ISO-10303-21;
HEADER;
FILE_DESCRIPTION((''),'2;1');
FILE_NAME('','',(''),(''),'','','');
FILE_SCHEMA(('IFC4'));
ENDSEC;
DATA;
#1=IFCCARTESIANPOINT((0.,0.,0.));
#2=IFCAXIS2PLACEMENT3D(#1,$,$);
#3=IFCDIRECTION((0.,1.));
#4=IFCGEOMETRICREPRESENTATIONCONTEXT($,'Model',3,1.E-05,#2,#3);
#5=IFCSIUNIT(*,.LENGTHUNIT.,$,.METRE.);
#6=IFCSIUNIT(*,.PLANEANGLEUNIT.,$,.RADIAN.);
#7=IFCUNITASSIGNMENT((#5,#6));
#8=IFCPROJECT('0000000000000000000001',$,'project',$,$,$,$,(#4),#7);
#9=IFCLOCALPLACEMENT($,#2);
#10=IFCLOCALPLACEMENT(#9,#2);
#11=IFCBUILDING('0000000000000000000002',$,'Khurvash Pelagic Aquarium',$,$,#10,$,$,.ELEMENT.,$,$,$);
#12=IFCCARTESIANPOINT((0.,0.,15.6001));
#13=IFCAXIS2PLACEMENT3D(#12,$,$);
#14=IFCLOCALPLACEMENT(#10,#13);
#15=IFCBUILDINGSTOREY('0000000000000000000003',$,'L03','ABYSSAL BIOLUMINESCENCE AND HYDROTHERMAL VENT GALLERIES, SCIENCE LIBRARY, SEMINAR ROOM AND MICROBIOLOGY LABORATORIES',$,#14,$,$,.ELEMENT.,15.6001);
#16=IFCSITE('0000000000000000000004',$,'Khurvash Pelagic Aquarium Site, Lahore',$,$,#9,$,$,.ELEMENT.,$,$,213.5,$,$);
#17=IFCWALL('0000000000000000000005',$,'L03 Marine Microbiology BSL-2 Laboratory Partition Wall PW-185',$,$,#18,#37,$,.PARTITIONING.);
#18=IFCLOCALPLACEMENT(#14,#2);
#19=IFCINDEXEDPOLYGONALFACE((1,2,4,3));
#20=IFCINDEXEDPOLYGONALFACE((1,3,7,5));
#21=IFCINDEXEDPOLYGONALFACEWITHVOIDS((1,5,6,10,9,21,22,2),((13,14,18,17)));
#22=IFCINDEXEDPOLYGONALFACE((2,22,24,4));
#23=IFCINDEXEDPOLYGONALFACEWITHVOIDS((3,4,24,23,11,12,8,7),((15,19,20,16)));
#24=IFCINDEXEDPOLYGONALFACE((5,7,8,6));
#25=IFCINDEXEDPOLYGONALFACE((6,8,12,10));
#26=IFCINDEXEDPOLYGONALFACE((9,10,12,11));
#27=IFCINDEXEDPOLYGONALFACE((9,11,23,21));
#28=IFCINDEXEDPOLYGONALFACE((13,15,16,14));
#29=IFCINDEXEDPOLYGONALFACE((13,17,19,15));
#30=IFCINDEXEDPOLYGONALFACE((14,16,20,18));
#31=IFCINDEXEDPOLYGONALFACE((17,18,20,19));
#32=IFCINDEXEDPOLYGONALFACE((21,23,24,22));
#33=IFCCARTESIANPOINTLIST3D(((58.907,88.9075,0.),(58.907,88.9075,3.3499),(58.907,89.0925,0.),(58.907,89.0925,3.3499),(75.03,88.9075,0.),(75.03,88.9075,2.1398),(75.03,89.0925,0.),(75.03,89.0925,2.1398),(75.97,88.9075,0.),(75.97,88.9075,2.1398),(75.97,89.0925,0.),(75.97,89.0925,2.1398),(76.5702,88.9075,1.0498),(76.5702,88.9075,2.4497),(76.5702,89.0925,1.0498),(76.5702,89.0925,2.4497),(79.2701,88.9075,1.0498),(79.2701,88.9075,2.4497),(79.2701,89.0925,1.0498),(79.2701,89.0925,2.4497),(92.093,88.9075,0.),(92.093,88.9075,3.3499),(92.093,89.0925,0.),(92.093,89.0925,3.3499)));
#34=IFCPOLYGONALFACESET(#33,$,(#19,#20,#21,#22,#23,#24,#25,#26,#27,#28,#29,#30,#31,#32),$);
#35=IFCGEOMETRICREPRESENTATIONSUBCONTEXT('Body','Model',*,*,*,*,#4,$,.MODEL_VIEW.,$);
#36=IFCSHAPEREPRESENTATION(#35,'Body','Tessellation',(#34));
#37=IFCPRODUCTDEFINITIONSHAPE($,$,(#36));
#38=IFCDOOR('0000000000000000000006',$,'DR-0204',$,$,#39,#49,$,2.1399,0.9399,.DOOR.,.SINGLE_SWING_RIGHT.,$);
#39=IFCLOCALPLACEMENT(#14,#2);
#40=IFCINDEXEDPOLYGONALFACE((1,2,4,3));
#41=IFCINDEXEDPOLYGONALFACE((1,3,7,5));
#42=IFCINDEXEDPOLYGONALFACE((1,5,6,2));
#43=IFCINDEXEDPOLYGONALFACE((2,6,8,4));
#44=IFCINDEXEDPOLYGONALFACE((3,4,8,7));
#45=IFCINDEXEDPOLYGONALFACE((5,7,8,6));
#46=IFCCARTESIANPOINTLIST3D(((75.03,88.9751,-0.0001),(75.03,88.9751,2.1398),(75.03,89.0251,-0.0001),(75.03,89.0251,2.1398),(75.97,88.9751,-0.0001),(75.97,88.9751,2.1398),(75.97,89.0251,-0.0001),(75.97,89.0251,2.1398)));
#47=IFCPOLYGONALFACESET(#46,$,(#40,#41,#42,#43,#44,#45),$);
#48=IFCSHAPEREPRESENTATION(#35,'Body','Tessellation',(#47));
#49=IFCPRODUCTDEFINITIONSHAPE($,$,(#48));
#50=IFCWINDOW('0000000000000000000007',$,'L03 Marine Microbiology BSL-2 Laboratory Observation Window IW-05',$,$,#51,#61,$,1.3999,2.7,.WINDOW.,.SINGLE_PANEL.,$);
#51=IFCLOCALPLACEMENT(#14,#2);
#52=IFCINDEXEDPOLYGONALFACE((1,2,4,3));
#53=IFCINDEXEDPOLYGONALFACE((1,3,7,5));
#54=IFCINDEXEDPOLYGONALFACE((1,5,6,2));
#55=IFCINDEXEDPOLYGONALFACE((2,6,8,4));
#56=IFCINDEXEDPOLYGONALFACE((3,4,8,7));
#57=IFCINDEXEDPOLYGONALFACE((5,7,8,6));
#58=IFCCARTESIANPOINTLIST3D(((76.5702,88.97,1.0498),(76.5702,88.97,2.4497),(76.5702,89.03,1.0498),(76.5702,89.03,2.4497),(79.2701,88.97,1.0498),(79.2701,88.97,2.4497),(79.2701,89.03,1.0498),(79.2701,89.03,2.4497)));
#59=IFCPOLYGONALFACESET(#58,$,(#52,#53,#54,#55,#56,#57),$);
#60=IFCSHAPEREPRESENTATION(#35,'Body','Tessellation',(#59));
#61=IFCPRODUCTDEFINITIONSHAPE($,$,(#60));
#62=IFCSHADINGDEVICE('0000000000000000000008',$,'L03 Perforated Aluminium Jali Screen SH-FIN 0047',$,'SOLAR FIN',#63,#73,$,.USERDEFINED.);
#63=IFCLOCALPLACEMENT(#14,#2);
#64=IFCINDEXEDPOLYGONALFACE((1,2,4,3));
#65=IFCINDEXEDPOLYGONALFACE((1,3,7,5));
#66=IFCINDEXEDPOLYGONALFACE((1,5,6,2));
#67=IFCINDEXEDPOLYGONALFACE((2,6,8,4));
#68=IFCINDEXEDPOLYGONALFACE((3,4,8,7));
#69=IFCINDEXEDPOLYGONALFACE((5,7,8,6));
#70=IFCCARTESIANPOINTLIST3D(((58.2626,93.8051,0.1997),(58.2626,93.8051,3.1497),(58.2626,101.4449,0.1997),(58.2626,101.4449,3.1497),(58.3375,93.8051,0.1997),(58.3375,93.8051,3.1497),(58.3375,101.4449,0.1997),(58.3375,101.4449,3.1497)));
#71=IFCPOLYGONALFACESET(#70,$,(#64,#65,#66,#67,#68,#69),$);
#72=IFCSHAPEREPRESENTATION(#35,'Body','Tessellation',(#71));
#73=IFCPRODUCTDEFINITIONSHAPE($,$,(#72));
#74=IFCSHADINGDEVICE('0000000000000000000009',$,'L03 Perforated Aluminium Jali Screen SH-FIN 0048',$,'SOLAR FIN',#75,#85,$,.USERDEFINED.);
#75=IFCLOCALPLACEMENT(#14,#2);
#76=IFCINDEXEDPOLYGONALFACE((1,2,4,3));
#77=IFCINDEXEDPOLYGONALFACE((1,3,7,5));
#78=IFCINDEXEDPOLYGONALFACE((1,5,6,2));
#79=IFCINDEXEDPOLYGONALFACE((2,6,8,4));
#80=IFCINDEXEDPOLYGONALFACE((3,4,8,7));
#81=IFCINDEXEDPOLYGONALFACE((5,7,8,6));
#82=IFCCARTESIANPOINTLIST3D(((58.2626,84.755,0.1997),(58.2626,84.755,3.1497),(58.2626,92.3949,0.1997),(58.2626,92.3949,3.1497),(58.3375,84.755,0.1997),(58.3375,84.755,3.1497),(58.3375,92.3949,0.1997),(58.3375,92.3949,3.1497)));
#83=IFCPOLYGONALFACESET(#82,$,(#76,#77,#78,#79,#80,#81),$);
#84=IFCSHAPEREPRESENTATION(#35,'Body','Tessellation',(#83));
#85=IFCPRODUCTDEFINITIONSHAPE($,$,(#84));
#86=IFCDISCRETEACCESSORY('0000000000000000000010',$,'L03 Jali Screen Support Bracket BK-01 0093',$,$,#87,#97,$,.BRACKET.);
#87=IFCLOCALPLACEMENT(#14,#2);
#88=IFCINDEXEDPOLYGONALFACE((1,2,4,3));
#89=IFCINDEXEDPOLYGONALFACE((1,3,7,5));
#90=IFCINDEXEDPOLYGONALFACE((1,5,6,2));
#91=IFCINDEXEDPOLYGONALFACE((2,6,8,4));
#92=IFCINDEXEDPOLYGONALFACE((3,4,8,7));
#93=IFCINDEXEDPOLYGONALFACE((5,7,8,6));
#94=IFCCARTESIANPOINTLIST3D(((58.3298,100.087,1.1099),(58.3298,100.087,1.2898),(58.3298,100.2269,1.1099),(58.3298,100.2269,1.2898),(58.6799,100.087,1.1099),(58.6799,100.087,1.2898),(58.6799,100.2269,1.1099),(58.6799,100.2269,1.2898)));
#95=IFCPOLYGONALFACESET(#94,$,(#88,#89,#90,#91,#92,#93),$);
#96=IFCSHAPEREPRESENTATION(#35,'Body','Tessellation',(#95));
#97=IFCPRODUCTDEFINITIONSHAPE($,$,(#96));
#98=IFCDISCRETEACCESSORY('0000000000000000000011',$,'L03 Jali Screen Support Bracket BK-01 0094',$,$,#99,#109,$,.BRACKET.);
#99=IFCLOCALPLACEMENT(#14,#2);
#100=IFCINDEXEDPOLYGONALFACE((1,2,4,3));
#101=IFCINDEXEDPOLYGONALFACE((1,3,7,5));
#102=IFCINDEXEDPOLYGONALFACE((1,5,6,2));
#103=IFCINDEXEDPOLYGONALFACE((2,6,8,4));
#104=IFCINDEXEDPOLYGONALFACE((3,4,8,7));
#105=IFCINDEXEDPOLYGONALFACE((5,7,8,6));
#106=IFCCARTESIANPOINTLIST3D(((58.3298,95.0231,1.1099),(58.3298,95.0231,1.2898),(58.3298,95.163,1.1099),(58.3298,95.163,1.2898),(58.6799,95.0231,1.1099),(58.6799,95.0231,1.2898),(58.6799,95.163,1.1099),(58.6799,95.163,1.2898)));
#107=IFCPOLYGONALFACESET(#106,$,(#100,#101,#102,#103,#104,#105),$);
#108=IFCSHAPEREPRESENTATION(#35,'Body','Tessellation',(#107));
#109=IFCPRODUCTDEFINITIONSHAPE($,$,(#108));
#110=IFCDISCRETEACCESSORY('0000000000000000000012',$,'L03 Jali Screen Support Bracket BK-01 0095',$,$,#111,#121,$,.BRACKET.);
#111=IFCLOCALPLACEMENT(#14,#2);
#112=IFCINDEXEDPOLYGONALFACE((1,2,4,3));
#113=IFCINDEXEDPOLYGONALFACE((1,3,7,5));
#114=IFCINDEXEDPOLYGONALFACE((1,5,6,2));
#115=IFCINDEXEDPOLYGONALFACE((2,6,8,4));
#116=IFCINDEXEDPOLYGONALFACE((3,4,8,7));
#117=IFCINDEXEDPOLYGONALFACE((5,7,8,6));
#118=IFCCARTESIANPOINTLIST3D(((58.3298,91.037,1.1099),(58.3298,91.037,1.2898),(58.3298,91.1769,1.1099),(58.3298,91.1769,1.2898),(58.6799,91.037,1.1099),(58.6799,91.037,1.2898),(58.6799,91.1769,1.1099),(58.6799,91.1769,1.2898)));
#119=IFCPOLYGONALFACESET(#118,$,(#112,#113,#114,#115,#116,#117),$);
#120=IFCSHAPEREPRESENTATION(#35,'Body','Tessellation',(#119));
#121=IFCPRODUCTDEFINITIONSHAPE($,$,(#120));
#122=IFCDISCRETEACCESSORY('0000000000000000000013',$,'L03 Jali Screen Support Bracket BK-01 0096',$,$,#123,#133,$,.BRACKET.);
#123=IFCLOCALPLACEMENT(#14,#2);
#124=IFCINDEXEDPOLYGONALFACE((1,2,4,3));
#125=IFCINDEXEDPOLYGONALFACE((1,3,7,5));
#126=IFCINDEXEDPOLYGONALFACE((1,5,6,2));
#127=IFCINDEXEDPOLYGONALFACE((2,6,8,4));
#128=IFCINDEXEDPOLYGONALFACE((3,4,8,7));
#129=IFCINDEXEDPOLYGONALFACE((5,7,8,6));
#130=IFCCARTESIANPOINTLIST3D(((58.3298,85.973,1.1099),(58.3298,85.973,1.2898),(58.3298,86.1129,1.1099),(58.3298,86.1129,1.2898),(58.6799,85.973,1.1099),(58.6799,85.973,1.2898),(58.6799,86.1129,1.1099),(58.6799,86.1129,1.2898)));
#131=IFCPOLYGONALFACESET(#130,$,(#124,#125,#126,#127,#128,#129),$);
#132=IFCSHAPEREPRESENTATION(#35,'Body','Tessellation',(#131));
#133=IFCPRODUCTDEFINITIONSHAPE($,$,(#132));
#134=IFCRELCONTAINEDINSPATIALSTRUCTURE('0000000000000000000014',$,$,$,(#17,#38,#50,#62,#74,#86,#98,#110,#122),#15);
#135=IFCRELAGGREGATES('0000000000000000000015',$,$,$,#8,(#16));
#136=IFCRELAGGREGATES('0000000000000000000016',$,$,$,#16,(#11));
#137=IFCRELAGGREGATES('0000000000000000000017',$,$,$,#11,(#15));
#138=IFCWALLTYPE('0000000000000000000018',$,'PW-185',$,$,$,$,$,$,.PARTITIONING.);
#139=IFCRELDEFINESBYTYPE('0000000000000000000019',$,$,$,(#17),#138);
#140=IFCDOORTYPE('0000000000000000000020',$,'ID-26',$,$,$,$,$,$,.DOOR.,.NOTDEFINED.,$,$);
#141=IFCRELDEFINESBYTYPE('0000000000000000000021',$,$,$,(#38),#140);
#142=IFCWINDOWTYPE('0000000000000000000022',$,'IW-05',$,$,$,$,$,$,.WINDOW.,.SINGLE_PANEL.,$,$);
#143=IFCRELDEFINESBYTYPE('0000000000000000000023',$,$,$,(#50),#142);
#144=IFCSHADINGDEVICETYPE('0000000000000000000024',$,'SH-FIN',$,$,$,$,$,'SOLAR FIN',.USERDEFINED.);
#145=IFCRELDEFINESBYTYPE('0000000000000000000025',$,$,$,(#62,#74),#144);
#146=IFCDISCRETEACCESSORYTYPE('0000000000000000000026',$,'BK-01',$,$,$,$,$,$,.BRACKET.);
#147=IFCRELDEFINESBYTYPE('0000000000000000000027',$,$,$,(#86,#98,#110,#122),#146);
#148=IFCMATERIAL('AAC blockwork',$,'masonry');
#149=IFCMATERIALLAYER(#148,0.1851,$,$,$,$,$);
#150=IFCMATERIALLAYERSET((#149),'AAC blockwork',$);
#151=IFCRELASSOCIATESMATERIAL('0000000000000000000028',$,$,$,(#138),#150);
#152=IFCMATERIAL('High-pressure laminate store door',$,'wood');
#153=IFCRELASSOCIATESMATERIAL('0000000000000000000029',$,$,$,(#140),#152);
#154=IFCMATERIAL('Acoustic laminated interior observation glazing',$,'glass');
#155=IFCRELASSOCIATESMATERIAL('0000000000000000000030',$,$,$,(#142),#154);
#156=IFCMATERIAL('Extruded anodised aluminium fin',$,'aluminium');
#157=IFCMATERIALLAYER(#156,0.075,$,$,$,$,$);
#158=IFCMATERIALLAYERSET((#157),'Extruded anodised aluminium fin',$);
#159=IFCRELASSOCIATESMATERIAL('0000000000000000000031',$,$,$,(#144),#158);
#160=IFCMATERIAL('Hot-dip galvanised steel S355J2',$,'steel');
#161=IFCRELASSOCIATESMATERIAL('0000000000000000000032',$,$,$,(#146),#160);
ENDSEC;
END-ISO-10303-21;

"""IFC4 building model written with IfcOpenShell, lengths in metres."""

from ifc_helpers import new_model, si_unit, direction, frame, frame_2d, origin, origin_2d, place, context, subcontext, project, spatial, rectangle, extrude, material, layer, layer_set, type_object, element, fill, save


model = new_model("IFC4")

# Units and contexts
model_context = context("Model", 3, precision=1e-05, world=origin(), true_north=direction((0.0, 1.0)))
body_context = subcontext(model_context, "Body", "Model", "MODEL_VIEW")
ifc_project = project(units=[si_unit("LENGTHUNIT", "METRE"), si_unit("PLANEANGLEUNIT", "RADIAN")], contexts=[model_context])

# Site, building, storey
site_placement = place(None, origin())
site = spatial("IfcSite", under=ifc_project, at=site_placement, Name="Khurvash Pelagic Aquarium Site, Lahore", CompositionType="ELEMENT", RefElevation=213.5)
building_placement = place(site_placement, origin())
building = spatial("IfcBuilding", under=site, at=building_placement, Name="Khurvash Pelagic Aquarium", CompositionType="ELEMENT")
storey_placement = place(building_placement, frame((0.0, 0.0, 15.6001)))
storey = spatial("IfcBuildingStorey", under=building, at=storey_placement, Name="L03", Description="ABYSSAL BIOLUMINESCENCE AND HYDROTHERMAL VENT GALLERIES, SCIENCE LIBRARY, SEMINAR ROOM AND MICROBIOLOGY LABORATORIES", CompositionType="ELEMENT", Elevation=15.6001)

# Wall, openings, door, window
ifc_material_1 = material(Name="AAC blockwork", Category="masonry")
ifc_layer_1 = layer(ifc_material_1, 0.1851)
ifc_layer_set_1 = layer_set([ifc_layer_1], Name="AAC blockwork")
wall_type_1 = type_object("IfcWallType", Name="PW-185", PredefinedType="PARTITIONING", material=ifc_layer_set_1)
wall_1_placement = place(storey_placement, frame((58.907, 89.0, 0.0), z_axis=(0.0, 0.0, 1.0), x_axis=(1.0, 0.0, 0.0)))
wall_1 = element("IfcWall", 1, at=wall_1_placement, inside=storey, type_object=wall_type_1, Name="L03 Marine Microbiology BSL-2 Laboratory Partition Wall PW-185", PredefinedType="PARTITIONING", context=body_context, shape_type="SweptSolid", body=[
    extrude(rectangle(XDim=33.186, YDim=0.1851, at=frame_2d((16.593, 0.0))), origin(), (0.0, 0.0, 1.0), 3.3499),
])
opening_1_placement = place(wall_1_placement, frame((16.123, 0.0, 0.0)))
opening_1 = element("IfcOpeningElement", 2, at=opening_1_placement, cuts=wall_1, PredefinedType="OPENING", context=body_context, shape_type="SweptSolid", body=[
    extrude(rectangle(XDim=0.9399, YDim=2.1399, at=frame_2d((0.47, 1.0698))), frame((0.0, 0.1025, 0.0), z_axis=(0.0, -1.0, 0.0), x_axis=(1.0, 0.0, 0.0)), (0.0, 0.0, 1.0), 0.2051),
])
opening_2_placement = place(wall_1_placement, frame((17.6631, 0.0, 1.0498)))
opening_2 = element("IfcOpeningElement", 3, at=opening_2_placement, cuts=wall_1, PredefinedType="OPENING", context=body_context, shape_type="SweptSolid", body=[
    extrude(rectangle(XDim=2.7, YDim=1.3999, at=frame_2d((1.3501, 0.7))), frame((0.0, 0.1025, 0.0), z_axis=(0.0, -1.0, 0.0), x_axis=(1.0, 0.0, 0.0)), (0.0, 0.0, 1.0), 0.2051),
])
ifc_material_2 = material(Name="High-pressure laminate store door", Category="wood")
door_type = type_object("IfcDoorType", Name="ID-26", OperationType="NOTDEFINED", PredefinedType="DOOR", material=ifc_material_2)
door_placement = place(opening_1_placement, frame((0.9399, 0.0, 0.0), z_axis=(0.0, 0.0, 1.0), x_axis=(-1.0, 0.0, 0.0)))
door = element("IfcDoor", 4, at=door_placement, inside=storey, type_object=door_type, Name="DR-0204", OperationType="SINGLE_SWING_RIGHT", OverallHeight=2.1399, OverallWidth=0.9399, PredefinedType="DOOR", context=body_context, shape_type="SweptSolid", body=[
    extrude(rectangle(XDim=0.9399, YDim=2.1399, at=frame_2d((0.47, 1.0698))), frame((0.0, 0.0249, 0.0), z_axis=(0.0, -1.0, 0.0), x_axis=(1.0, 0.0, 0.0)), (0.0, 0.0, 1.0), 0.05),
])
fill(opening_1, door)
ifc_material_3 = material(Name="Acoustic laminated interior observation glazing", Category="glass")
window_type_1 = type_object("IfcWindowType", Name="IW-05", PartitioningType="SINGLE_PANEL", PredefinedType="WINDOW", material=ifc_material_3)
window_1_placement = place(opening_2_placement, origin())
window_1 = element("IfcWindow", 5, at=window_1_placement, inside=storey, type_object=window_type_1, Name="L03 Marine Microbiology BSL-2 Laboratory Observation Window IW-05", OverallHeight=1.3999, OverallWidth=2.7, PartitioningType="SINGLE_PANEL", PredefinedType="WINDOW", context=body_context, shape_type="SweptSolid", body=[
    extrude(rectangle(XDim=2.7, YDim=1.3999, at=frame_2d((1.3501, 0.7))), frame((0.0, 0.03, 0.0), z_axis=(0.0, -1.0, 0.0), x_axis=(1.0, 0.0, 0.0)), (0.0, 0.0, 1.0), 0.0601),
])
fill(opening_2, window_1)

# Shading devices
ifc_material_4 = material(Name="Extruded anodised aluminium fin", Category="aluminium")
ifc_layer_2 = layer(ifc_material_4, 0.075)
ifc_layer_set_2 = layer_set([ifc_layer_2], Name="Extruded anodised aluminium fin")
shading_device_type = type_object("IfcShadingDeviceType", Name="SH-FIN", ElementType="SOLAR FIN", PredefinedType="USERDEFINED", material=ifc_layer_set_2)
for number, where, z_axis, x_axis, name in (
    (6, (58.3, 97.625, 0.1997), (0.0, 0.0, 1.0), (0.0, -1.0, 0.0), "L03 Perforated Aluminium Jali Screen SH-FIN 0047"),
    (7, (58.3, 88.575, 0.1997), (0.0, 0.0, 1.0), (0.0, -1.0, 0.0), "L03 Perforated Aluminium Jali Screen SH-FIN 0048"),
):
    element("IfcShadingDevice", number, at=place(storey_placement, frame(where, z_axis=z_axis, x_axis=x_axis)), inside=storey, type_object=shading_device_type, Name=name, ObjectType="SOLAR FIN", PredefinedType="USERDEFINED", context=body_context, shape_type="SweptSolid", body=[
        extrude(rectangle(XDim=7.6399, YDim=0.075, at=origin_2d()), origin(), (0.0, 0.0, 1.0), 2.95),
    ])

# Discrete accessories
ifc_material_5 = material(Name="Hot-dip galvanised steel S355J2", Category="steel")
discrete_accessory_type = type_object("IfcDiscreteAccessoryType", Name="BK-01", PredefinedType="BRACKET", material=ifc_material_5)
for number, where, z_axis, x_axis, name in (
    (8, (58.5049, 100.157, 1.1099), (0.0, 0.0, 1.0), (0.0, -1.0, 0.0), "L03 Jali Screen Support Bracket BK-01 0093"),
    (9, (58.5049, 95.093, 1.1099), (0.0, 0.0, 1.0), (0.0, -1.0, 0.0), "L03 Jali Screen Support Bracket BK-01 0094"),
    (10, (58.5049, 91.1069, 1.1099), (0.0, 0.0, 1.0), (0.0, -1.0, 0.0), "L03 Jali Screen Support Bracket BK-01 0095"),
    (11, (58.5049, 86.043, 1.1099), (0.0, 0.0, 1.0), (0.0, -1.0, 0.0), "L03 Jali Screen Support Bracket BK-01 0096"),
):
    element("IfcDiscreteAccessory", number, at=place(storey_placement, frame(where, z_axis=z_axis, x_axis=x_axis)), inside=storey, type_object=discrete_accessory_type, Name=name, PredefinedType="BRACKET", context=body_context, shape_type="SweptSolid", body=[
        extrude(rectangle(XDim=0.1399, YDim=0.3501, at=origin_2d()), origin(), (0.0, 0.0, 1.0), 0.1799),
    ])

save(model, "model.ifc")
